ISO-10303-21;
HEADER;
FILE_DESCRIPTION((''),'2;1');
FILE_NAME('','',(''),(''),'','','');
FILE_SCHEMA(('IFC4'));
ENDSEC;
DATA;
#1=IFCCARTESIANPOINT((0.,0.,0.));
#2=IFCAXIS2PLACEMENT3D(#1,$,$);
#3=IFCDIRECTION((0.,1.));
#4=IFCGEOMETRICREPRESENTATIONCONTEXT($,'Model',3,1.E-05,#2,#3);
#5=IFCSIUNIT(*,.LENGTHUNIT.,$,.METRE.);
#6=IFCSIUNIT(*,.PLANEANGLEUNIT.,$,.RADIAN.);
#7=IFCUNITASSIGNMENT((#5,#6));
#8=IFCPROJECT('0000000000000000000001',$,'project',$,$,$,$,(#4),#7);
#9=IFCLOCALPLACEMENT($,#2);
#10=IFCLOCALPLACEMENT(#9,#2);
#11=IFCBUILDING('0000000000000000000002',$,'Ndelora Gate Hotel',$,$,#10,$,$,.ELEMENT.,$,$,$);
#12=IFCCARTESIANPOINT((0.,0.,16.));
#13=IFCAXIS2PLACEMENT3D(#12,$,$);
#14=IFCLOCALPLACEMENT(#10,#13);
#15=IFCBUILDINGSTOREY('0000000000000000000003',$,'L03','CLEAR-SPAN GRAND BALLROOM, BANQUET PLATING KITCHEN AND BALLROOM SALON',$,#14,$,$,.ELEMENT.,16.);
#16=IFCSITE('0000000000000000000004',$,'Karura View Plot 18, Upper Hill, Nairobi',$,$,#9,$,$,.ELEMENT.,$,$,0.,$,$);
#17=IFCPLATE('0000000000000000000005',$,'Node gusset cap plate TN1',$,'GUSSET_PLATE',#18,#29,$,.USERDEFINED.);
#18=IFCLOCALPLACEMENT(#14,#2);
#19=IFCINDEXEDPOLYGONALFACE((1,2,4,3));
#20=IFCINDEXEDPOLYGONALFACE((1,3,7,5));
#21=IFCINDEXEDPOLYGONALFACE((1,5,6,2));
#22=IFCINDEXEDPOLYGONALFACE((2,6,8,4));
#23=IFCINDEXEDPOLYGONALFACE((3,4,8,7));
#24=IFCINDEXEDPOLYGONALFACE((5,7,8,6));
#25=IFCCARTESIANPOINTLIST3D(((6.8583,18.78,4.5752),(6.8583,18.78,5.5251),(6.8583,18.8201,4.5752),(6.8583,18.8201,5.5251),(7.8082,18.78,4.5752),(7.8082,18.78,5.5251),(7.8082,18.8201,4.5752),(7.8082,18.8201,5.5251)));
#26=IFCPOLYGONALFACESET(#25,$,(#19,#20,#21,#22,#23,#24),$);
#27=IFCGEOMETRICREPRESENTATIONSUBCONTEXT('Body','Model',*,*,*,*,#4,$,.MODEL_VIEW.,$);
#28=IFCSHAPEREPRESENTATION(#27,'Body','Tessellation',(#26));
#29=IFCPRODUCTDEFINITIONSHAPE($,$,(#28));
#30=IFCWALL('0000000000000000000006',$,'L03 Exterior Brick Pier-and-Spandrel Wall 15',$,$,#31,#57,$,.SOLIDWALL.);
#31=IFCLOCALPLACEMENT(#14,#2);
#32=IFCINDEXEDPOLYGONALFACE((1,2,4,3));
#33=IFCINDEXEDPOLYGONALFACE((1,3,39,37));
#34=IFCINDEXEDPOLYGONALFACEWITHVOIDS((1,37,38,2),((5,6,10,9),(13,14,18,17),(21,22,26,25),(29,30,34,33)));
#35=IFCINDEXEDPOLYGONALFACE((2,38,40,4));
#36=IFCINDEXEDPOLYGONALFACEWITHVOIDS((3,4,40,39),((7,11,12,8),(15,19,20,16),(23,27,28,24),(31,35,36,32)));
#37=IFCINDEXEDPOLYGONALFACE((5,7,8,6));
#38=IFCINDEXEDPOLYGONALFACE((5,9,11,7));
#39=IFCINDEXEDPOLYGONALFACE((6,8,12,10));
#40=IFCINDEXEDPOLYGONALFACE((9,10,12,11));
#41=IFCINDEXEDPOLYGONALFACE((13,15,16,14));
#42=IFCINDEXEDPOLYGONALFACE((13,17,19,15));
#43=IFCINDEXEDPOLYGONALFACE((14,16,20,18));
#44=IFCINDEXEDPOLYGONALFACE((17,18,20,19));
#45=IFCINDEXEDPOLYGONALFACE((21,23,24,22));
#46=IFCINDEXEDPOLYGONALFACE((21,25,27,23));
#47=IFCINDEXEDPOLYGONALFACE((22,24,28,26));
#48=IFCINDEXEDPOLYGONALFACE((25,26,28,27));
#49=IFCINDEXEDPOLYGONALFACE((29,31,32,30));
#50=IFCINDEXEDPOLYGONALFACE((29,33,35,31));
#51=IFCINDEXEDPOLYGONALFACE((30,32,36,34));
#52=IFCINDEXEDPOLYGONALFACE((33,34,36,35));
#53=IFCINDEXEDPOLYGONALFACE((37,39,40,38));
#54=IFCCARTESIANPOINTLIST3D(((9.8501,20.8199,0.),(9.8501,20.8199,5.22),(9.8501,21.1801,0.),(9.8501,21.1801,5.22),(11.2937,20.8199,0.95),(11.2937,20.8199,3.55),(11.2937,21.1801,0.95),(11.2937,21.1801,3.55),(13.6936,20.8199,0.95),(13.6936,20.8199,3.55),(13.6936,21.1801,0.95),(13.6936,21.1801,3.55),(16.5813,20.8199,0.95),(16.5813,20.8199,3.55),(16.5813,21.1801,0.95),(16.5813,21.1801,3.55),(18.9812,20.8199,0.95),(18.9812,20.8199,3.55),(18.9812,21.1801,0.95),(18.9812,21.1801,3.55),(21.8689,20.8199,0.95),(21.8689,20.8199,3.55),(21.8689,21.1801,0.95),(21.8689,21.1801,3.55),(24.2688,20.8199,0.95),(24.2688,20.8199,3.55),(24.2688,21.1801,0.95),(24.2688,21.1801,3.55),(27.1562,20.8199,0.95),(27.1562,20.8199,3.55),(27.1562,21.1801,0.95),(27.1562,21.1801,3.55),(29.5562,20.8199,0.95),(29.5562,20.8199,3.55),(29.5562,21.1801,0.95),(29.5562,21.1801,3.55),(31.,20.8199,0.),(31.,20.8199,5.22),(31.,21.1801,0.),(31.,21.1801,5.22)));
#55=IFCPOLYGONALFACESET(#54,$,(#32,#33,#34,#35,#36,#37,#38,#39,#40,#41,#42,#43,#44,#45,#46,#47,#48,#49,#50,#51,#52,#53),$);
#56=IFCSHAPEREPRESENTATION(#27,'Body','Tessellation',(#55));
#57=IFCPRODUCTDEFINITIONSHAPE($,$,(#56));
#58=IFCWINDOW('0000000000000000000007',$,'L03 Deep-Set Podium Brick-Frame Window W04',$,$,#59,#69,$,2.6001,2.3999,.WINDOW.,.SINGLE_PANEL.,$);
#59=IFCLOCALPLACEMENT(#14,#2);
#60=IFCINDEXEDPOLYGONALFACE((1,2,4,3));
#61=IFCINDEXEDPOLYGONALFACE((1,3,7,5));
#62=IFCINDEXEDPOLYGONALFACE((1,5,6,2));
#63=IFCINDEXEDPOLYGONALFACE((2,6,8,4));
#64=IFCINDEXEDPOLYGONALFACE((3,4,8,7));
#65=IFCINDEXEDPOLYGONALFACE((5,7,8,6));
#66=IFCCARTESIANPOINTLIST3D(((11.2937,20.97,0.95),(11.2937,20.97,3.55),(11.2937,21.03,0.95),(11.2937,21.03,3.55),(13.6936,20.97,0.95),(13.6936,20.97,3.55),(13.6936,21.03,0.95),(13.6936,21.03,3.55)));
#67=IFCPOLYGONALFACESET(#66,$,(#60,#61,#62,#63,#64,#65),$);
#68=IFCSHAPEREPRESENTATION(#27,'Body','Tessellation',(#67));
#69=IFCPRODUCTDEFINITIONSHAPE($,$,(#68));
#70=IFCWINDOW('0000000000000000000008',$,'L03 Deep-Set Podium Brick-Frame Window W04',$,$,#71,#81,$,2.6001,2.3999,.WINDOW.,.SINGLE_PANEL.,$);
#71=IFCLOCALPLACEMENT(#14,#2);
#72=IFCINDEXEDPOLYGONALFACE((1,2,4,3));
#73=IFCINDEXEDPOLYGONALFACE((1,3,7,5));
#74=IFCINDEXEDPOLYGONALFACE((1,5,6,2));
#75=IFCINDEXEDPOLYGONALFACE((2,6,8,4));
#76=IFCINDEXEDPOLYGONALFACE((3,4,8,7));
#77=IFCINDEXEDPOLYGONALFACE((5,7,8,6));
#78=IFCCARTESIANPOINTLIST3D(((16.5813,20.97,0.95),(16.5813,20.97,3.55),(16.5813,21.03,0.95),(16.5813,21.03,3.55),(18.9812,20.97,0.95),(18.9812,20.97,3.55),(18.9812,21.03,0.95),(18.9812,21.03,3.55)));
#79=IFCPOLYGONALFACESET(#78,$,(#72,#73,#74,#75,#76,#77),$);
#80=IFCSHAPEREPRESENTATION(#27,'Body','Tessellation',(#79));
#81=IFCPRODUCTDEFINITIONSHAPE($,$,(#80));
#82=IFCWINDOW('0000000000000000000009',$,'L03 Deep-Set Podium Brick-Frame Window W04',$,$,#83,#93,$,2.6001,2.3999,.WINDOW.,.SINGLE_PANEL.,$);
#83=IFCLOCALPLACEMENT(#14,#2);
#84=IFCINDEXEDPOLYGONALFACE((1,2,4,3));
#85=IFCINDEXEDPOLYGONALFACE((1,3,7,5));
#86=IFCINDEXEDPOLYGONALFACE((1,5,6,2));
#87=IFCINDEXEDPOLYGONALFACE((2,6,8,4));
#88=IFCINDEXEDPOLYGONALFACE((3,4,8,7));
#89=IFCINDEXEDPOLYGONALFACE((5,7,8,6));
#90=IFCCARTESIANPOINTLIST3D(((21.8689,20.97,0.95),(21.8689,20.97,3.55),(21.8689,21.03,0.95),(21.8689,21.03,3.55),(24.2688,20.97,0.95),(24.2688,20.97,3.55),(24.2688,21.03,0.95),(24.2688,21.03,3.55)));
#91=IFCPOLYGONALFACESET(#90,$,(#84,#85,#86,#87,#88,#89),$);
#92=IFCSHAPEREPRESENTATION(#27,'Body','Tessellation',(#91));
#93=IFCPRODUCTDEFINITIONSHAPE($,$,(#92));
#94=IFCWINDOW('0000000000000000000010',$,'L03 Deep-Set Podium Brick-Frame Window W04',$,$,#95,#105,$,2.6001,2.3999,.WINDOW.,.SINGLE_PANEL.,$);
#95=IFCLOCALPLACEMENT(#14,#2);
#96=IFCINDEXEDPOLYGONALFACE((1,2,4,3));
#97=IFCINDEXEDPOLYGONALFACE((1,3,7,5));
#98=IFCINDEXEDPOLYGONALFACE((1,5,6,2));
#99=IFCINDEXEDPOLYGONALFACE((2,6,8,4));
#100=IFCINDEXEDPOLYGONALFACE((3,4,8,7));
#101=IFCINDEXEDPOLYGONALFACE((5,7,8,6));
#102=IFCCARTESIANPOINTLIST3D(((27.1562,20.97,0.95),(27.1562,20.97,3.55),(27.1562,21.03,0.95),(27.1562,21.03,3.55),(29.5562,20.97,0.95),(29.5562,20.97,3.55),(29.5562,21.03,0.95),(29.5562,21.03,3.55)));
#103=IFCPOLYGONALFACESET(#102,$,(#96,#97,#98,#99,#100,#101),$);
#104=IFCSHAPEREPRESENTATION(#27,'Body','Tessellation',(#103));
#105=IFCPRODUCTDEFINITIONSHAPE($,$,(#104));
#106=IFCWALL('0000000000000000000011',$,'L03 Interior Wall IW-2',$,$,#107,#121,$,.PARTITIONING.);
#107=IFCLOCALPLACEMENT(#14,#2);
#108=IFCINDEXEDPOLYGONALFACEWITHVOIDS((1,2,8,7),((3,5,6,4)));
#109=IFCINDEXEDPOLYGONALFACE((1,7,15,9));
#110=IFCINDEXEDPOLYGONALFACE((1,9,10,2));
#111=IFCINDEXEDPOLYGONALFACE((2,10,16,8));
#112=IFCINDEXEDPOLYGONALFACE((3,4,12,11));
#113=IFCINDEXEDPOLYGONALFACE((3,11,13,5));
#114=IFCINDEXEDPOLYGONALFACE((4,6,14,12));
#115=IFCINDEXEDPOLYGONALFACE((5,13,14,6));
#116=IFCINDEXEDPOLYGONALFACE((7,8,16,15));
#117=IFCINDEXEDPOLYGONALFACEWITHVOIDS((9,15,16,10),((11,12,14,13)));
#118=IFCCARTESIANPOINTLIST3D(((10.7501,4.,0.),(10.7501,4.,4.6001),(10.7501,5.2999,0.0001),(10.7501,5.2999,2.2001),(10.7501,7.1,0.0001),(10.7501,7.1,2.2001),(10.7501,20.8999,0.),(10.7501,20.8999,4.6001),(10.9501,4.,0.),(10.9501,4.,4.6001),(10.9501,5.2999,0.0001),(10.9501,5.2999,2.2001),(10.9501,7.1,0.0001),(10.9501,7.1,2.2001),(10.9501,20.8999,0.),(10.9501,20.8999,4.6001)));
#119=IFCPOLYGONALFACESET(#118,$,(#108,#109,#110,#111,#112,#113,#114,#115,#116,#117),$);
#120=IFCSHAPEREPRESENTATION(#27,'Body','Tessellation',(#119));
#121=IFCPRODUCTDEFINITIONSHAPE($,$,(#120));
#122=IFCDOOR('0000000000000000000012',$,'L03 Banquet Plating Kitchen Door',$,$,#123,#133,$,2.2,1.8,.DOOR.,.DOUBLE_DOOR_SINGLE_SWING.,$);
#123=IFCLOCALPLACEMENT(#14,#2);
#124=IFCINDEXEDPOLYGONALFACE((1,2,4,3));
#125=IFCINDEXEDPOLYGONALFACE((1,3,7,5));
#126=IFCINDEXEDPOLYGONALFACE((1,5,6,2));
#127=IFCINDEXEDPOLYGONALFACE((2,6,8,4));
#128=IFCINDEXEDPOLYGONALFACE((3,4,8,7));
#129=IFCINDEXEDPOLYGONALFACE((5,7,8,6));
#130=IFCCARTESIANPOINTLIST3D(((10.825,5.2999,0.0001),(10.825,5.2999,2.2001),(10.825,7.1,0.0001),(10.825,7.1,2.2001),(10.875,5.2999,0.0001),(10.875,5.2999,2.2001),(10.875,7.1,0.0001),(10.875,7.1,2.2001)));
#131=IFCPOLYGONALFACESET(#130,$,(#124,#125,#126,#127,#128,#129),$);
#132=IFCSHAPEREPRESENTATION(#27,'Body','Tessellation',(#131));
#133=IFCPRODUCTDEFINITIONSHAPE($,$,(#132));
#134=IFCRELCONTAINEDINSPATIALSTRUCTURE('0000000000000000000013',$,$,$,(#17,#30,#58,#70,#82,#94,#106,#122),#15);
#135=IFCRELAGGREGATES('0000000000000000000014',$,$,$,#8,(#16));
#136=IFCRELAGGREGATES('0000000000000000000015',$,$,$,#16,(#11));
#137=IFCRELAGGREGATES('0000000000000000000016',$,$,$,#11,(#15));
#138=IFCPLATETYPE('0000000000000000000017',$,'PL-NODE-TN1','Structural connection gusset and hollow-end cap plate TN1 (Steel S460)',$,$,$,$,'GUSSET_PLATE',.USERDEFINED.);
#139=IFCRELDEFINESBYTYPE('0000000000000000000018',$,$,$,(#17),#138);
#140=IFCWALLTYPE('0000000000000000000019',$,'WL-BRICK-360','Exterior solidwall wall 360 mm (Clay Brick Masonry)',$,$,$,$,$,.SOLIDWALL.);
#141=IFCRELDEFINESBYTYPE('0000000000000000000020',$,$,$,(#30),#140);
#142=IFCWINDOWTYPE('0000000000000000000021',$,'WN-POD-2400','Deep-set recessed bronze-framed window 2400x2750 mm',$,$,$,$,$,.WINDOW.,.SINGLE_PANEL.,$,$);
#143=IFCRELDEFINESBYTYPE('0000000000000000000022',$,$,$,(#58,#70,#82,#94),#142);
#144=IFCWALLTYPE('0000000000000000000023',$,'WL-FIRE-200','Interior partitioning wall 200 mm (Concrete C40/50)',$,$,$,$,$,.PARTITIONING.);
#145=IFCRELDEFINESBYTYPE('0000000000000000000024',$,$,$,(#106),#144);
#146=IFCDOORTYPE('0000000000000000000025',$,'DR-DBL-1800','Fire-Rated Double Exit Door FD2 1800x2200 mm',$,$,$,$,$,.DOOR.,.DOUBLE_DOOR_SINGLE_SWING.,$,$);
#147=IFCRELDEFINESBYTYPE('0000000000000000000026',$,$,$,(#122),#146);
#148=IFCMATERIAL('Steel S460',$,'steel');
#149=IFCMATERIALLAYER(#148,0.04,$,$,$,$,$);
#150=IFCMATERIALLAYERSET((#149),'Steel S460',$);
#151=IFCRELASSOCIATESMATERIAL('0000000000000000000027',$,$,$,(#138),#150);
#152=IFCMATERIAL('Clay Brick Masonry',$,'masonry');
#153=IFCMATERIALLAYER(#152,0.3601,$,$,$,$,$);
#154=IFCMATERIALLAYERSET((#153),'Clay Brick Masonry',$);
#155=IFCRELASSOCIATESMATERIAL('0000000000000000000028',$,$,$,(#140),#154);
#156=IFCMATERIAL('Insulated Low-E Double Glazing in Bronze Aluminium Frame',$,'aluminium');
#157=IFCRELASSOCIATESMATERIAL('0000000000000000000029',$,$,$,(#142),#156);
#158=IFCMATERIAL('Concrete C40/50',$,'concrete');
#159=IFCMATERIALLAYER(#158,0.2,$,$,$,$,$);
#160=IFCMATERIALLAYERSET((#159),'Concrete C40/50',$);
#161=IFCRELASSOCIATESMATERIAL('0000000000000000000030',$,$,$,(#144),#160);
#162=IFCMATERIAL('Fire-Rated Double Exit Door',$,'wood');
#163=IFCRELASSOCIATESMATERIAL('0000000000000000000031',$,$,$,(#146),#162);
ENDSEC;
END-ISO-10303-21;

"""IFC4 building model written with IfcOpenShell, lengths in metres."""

from ifc_helpers import new_model, si_unit, direction, frame, frame_2d, origin, origin_2d, place, context, subcontext, project, spatial, rectangle, extrude, material, layer, layer_set, type_object, element, fill, save


model = new_model("IFC4")

# Units and contexts
model_context = context("Model", 3, precision=1e-05, world=origin(), true_north=direction((0.0, 1.0)))
body_context = subcontext(model_context, "Body", "Model", "MODEL_VIEW")
ifc_project = project(units=[si_unit("LENGTHUNIT", "METRE"), si_unit("PLANEANGLEUNIT", "RADIAN")], contexts=[model_context])

# Site, building, storey
site_placement = place(None, origin())
site = spatial("IfcSite", under=ifc_project, at=site_placement, Name="Karura View Plot 18, Upper Hill, Nairobi", CompositionType="ELEMENT", RefElevation=0.0)
building_placement = place(site_placement, origin())
building = spatial("IfcBuilding", under=site, at=building_placement, Name="Ndelora Gate Hotel", CompositionType="ELEMENT")
storey_placement = place(building_placement, frame((0.0, 0.0, 16.0)))
storey = spatial("IfcBuildingStorey", under=building, at=storey_placement, Name="L03", Description="CLEAR-SPAN GRAND BALLROOM, BANQUET PLATING KITCHEN AND BALLROOM SALON", CompositionType="ELEMENT", Elevation=16.0)

# Plate
ifc_material_1 = material(Name="Steel S460", Category="steel")
ifc_layer_1 = layer(ifc_material_1, 0.04)
ifc_layer_set_1 = layer_set([ifc_layer_1], Name="Steel S460")
plate_type_1 = type_object("IfcPlateType", Name="PL-NODE-TN1", Description="Structural connection gusset and hollow-end cap plate TN1 (Steel S460)", ElementType="GUSSET_PLATE", PredefinedType="USERDEFINED", material=ifc_layer_set_1)
plate_1_placement = place(storey_placement, frame((7.3333, 18.8, 4.5752), z_axis=(0.0, 0.0, 1.0), x_axis=(1.0, 0.0, 0.0)))
element("IfcPlate", 1, at=plate_1_placement, inside=storey, type_object=plate_type_1, Name="Node gusset cap plate TN1", ObjectType="GUSSET_PLATE", PredefinedType="USERDEFINED", context=body_context, shape_type="SweptSolid", body=[
    extrude(rectangle(XDim=0.95, YDim=0.04, at=origin_2d()), origin(), (0.0, 0.0, 1.0), 0.95),
])

# Wall, openings, windows
ifc_material_2 = material(Name="Clay Brick Masonry", Category="masonry")
ifc_layer_2 = layer(ifc_material_2, 0.3601)
ifc_layer_set_2 = layer_set([ifc_layer_2], Name="Clay Brick Masonry")
wall_type_1 = type_object("IfcWallType", Name="WL-BRICK-360", Description="Exterior solidwall wall 360 mm (Clay Brick Masonry)", PredefinedType="SOLIDWALL", material=ifc_layer_set_2)
wall_1_placement = place(storey_placement, frame((9.8501, 21.0, 0.0), z_axis=(0.0, 0.0, 1.0), x_axis=(1.0, 0.0, 0.0)))
wall_1 = element("IfcWall", 2, at=wall_1_placement, inside=storey, type_object=wall_type_1, Name="L03 Exterior Brick Pier-and-Spandrel Wall 15", PredefinedType="SOLIDWALL", context=body_context, shape_type="SweptSolid", body=[
    extrude(rectangle(XDim=21.1499, YDim=0.3601, at=frame_2d((10.575, 0.0))), origin(), (0.0, 0.0, 1.0), 5.22),
])
opening_1_placement = place(wall_1_placement, frame((1.4436, 0.0, 0.95)))
opening_1 = element("IfcOpeningElement", 3, at=opening_1_placement, cuts=wall_1, PredefinedType="OPENING", context=body_context, shape_type="SweptSolid", body=[
    extrude(rectangle(XDim=2.3999, YDim=2.6001, at=frame_2d((1.2, 1.3))), frame((0.0, 0.1899, 0.0), z_axis=(0.0, -1.0, 0.0), x_axis=(1.0, 0.0, 0.0)), (0.0, 0.0, 1.0), 0.3801),
])
opening_2_placement = place(wall_1_placement, frame((6.7312, 0.0, 0.95)))
opening_2 = element("IfcOpeningElement", 4, at=opening_2_placement, cuts=wall_1, PredefinedType="OPENING", context=body_context, shape_type="SweptSolid", body=[
    extrude(rectangle(XDim=2.3999, YDim=2.6001, at=frame_2d((1.2, 1.3))), frame((0.0, 0.1899, 0.0), z_axis=(0.0, -1.0, 0.0), x_axis=(1.0, 0.0, 0.0)), (0.0, 0.0, 1.0), 0.3801),
])
opening_3_placement = place(wall_1_placement, frame((12.0188, 0.0, 0.95)))
opening_3 = element("IfcOpeningElement", 5, at=opening_3_placement, cuts=wall_1, PredefinedType="OPENING", context=body_context, shape_type="SweptSolid", body=[
    extrude(rectangle(XDim=2.3999, YDim=2.6001, at=frame_2d((1.2, 1.3))), frame((0.0, 0.1899, 0.0), z_axis=(0.0, -1.0, 0.0), x_axis=(1.0, 0.0, 0.0)), (0.0, 0.0, 1.0), 0.3801),
])
opening_4_placement = place(wall_1_placement, frame((17.3062, 0.0, 0.95)))
opening_4 = element("IfcOpeningElement", 6, at=opening_4_placement, cuts=wall_1, PredefinedType="OPENING", context=body_context, shape_type="SweptSolid", body=[
    extrude(rectangle(XDim=2.3999, YDim=2.6001, at=frame_2d((1.2, 1.3))), frame((0.0, 0.1899, 0.0), z_axis=(0.0, -1.0, 0.0), x_axis=(1.0, 0.0, 0.0)), (0.0, 0.0, 1.0), 0.3801),
])
ifc_material_3 = material(Name="Insulated Low-E Double Glazing in Bronze Aluminium Frame", Category="aluminium")
window_type = type_object("IfcWindowType", Name="WN-POD-2400", Description="Deep-set recessed bronze-framed window 2400x2750 mm", PartitioningType="SINGLE_PANEL", PredefinedType="WINDOW", material=ifc_material_3)
window_1_placement = place(opening_1_placement, origin())
window_1 = element("IfcWindow", 7, at=window_1_placement, inside=storey, type_object=window_type, Name="L03 Deep-Set Podium Brick-Frame Window W04", OverallHeight=2.6001, OverallWidth=2.3999, PartitioningType="SINGLE_PANEL", PredefinedType="WINDOW", context=body_context, shape_type="SweptSolid", body=[
    extrude(rectangle(XDim=2.3999, YDim=2.6001, at=frame_2d((1.2, 1.3))), frame((0.0, 0.03, 0.0), z_axis=(0.0, -1.0, 0.0), x_axis=(1.0, 0.0, 0.0)), (0.0, 0.0, 1.0), 0.0601),
])
fill(opening_1, window_1)
window_2_placement = place(opening_2_placement, origin())
window_2 = element("IfcWindow", 8, at=window_2_placement, inside=storey, type_object=window_type, Name="L03 Deep-Set Podium Brick-Frame Window W04", OverallHeight=2.6001, OverallWidth=2.3999, PartitioningType="SINGLE_PANEL", PredefinedType="WINDOW", context=body_context, shape_type="SweptSolid", body=[
    extrude(rectangle(XDim=2.3999, YDim=2.6001, at=frame_2d((1.2, 1.3))), frame((0.0, 0.03, 0.0), z_axis=(0.0, -1.0, 0.0), x_axis=(1.0, 0.0, 0.0)), (0.0, 0.0, 1.0), 0.0601),
])
fill(opening_2, window_2)
window_3_placement = place(opening_3_placement, origin())
window_3 = element("IfcWindow", 9, at=window_3_placement, inside=storey, type_object=window_type, Name="L03 Deep-Set Podium Brick-Frame Window W04", OverallHeight=2.6001, OverallWidth=2.3999, PartitioningType="SINGLE_PANEL", PredefinedType="WINDOW", context=body_context, shape_type="SweptSolid", body=[
    extrude(rectangle(XDim=2.3999, YDim=2.6001, at=frame_2d((1.2, 1.3))), frame((0.0, 0.03, 0.0), z_axis=(0.0, -1.0, 0.0), x_axis=(1.0, 0.0, 0.0)), (0.0, 0.0, 1.0), 0.0601),
])
fill(opening_3, window_3)
window_4_placement = place(opening_4_placement, origin())
window_4 = element("IfcWindow", 10, at=window_4_placement, inside=storey, type_object=window_type, Name="L03 Deep-Set Podium Brick-Frame Window W04", OverallHeight=2.6001, OverallWidth=2.3999, PartitioningType="SINGLE_PANEL", PredefinedType="WINDOW", context=body_context, shape_type="SweptSolid", body=[
    extrude(rectangle(XDim=2.3999, YDim=2.6001, at=frame_2d((1.2, 1.3))), frame((0.0, 0.03, 0.0), z_axis=(0.0, -1.0, 0.0), x_axis=(1.0, 0.0, 0.0)), (0.0, 0.0, 1.0), 0.0601),
])
fill(opening_4, window_4)

# Wall, opening, door
ifc_material_4 = material(Name="Concrete C40/50", Category="concrete")
ifc_layer_3 = layer(ifc_material_4, 0.2)
ifc_layer_set_3 = layer_set([ifc_layer_3], Name="Concrete C40/50")
wall_type_2 = type_object("IfcWallType", Name="WL-FIRE-200", Description="Interior partitioning wall 200 mm (Concrete C40/50)", PredefinedType="PARTITIONING", material=ifc_layer_set_3)
wall_2_placement = place(storey_placement, frame((10.8501, 20.8999, 0.0), z_axis=(0.0, 0.0, 1.0), x_axis=(0.0, -1.0, 0.0)))
wall_2 = element("IfcWall", 11, at=wall_2_placement, inside=storey, type_object=wall_type_2, Name="L03 Interior Wall IW-2", PredefinedType="PARTITIONING", context=body_context, shape_type="SweptSolid", body=[
    extrude(rectangle(XDim=16.8999, YDim=0.2, at=frame_2d((8.45, 0.0))), origin(), (0.0, 0.0, 1.0), 4.6001),
])
opening_5_placement = place(wall_2_placement, frame((13.8, 0.0, 0.0)))
opening_5 = element("IfcOpeningElement", 12, at=opening_5_placement, cuts=wall_2, PredefinedType="OPENING", context=body_context, shape_type="SweptSolid", body=[
    extrude(rectangle(XDim=1.8, YDim=2.2, at=frame_2d((0.8999, 1.1001))), frame((0.0, 0.1099, 0.0), z_axis=(0.0, -1.0, 0.0), x_axis=(1.0, 0.0, 0.0)), (0.0, 0.0, 1.0), 0.22),
])
ifc_material_5 = material(Name="Fire-Rated Double Exit Door", Category="wood")
door_type = type_object("IfcDoorType", Name="DR-DBL-1800", Description="Fire-Rated Double Exit Door FD2 1800x2200 mm", OperationType="DOUBLE_DOOR_SINGLE_SWING", PredefinedType="DOOR", material=ifc_material_5)
door_placement = place(opening_5_placement, origin())
door = element("IfcDoor", 13, at=door_placement, inside=storey, type_object=door_type, Name="L03 Banquet Plating Kitchen Door", OperationType="DOUBLE_DOOR_SINGLE_SWING", OverallHeight=2.2, OverallWidth=1.8, PredefinedType="DOOR", context=body_context, shape_type="SweptSolid", body=[
    extrude(rectangle(XDim=1.8, YDim=2.2, at=frame_2d((0.8999, 1.1001))), frame((0.0, 0.0249, 0.0), z_axis=(0.0, -1.0, 0.0), x_axis=(1.0, 0.0, 0.0)), (0.0, 0.0, 1.0), 0.05),
])
fill(opening_5, door)

save(model, "model.ifc")
